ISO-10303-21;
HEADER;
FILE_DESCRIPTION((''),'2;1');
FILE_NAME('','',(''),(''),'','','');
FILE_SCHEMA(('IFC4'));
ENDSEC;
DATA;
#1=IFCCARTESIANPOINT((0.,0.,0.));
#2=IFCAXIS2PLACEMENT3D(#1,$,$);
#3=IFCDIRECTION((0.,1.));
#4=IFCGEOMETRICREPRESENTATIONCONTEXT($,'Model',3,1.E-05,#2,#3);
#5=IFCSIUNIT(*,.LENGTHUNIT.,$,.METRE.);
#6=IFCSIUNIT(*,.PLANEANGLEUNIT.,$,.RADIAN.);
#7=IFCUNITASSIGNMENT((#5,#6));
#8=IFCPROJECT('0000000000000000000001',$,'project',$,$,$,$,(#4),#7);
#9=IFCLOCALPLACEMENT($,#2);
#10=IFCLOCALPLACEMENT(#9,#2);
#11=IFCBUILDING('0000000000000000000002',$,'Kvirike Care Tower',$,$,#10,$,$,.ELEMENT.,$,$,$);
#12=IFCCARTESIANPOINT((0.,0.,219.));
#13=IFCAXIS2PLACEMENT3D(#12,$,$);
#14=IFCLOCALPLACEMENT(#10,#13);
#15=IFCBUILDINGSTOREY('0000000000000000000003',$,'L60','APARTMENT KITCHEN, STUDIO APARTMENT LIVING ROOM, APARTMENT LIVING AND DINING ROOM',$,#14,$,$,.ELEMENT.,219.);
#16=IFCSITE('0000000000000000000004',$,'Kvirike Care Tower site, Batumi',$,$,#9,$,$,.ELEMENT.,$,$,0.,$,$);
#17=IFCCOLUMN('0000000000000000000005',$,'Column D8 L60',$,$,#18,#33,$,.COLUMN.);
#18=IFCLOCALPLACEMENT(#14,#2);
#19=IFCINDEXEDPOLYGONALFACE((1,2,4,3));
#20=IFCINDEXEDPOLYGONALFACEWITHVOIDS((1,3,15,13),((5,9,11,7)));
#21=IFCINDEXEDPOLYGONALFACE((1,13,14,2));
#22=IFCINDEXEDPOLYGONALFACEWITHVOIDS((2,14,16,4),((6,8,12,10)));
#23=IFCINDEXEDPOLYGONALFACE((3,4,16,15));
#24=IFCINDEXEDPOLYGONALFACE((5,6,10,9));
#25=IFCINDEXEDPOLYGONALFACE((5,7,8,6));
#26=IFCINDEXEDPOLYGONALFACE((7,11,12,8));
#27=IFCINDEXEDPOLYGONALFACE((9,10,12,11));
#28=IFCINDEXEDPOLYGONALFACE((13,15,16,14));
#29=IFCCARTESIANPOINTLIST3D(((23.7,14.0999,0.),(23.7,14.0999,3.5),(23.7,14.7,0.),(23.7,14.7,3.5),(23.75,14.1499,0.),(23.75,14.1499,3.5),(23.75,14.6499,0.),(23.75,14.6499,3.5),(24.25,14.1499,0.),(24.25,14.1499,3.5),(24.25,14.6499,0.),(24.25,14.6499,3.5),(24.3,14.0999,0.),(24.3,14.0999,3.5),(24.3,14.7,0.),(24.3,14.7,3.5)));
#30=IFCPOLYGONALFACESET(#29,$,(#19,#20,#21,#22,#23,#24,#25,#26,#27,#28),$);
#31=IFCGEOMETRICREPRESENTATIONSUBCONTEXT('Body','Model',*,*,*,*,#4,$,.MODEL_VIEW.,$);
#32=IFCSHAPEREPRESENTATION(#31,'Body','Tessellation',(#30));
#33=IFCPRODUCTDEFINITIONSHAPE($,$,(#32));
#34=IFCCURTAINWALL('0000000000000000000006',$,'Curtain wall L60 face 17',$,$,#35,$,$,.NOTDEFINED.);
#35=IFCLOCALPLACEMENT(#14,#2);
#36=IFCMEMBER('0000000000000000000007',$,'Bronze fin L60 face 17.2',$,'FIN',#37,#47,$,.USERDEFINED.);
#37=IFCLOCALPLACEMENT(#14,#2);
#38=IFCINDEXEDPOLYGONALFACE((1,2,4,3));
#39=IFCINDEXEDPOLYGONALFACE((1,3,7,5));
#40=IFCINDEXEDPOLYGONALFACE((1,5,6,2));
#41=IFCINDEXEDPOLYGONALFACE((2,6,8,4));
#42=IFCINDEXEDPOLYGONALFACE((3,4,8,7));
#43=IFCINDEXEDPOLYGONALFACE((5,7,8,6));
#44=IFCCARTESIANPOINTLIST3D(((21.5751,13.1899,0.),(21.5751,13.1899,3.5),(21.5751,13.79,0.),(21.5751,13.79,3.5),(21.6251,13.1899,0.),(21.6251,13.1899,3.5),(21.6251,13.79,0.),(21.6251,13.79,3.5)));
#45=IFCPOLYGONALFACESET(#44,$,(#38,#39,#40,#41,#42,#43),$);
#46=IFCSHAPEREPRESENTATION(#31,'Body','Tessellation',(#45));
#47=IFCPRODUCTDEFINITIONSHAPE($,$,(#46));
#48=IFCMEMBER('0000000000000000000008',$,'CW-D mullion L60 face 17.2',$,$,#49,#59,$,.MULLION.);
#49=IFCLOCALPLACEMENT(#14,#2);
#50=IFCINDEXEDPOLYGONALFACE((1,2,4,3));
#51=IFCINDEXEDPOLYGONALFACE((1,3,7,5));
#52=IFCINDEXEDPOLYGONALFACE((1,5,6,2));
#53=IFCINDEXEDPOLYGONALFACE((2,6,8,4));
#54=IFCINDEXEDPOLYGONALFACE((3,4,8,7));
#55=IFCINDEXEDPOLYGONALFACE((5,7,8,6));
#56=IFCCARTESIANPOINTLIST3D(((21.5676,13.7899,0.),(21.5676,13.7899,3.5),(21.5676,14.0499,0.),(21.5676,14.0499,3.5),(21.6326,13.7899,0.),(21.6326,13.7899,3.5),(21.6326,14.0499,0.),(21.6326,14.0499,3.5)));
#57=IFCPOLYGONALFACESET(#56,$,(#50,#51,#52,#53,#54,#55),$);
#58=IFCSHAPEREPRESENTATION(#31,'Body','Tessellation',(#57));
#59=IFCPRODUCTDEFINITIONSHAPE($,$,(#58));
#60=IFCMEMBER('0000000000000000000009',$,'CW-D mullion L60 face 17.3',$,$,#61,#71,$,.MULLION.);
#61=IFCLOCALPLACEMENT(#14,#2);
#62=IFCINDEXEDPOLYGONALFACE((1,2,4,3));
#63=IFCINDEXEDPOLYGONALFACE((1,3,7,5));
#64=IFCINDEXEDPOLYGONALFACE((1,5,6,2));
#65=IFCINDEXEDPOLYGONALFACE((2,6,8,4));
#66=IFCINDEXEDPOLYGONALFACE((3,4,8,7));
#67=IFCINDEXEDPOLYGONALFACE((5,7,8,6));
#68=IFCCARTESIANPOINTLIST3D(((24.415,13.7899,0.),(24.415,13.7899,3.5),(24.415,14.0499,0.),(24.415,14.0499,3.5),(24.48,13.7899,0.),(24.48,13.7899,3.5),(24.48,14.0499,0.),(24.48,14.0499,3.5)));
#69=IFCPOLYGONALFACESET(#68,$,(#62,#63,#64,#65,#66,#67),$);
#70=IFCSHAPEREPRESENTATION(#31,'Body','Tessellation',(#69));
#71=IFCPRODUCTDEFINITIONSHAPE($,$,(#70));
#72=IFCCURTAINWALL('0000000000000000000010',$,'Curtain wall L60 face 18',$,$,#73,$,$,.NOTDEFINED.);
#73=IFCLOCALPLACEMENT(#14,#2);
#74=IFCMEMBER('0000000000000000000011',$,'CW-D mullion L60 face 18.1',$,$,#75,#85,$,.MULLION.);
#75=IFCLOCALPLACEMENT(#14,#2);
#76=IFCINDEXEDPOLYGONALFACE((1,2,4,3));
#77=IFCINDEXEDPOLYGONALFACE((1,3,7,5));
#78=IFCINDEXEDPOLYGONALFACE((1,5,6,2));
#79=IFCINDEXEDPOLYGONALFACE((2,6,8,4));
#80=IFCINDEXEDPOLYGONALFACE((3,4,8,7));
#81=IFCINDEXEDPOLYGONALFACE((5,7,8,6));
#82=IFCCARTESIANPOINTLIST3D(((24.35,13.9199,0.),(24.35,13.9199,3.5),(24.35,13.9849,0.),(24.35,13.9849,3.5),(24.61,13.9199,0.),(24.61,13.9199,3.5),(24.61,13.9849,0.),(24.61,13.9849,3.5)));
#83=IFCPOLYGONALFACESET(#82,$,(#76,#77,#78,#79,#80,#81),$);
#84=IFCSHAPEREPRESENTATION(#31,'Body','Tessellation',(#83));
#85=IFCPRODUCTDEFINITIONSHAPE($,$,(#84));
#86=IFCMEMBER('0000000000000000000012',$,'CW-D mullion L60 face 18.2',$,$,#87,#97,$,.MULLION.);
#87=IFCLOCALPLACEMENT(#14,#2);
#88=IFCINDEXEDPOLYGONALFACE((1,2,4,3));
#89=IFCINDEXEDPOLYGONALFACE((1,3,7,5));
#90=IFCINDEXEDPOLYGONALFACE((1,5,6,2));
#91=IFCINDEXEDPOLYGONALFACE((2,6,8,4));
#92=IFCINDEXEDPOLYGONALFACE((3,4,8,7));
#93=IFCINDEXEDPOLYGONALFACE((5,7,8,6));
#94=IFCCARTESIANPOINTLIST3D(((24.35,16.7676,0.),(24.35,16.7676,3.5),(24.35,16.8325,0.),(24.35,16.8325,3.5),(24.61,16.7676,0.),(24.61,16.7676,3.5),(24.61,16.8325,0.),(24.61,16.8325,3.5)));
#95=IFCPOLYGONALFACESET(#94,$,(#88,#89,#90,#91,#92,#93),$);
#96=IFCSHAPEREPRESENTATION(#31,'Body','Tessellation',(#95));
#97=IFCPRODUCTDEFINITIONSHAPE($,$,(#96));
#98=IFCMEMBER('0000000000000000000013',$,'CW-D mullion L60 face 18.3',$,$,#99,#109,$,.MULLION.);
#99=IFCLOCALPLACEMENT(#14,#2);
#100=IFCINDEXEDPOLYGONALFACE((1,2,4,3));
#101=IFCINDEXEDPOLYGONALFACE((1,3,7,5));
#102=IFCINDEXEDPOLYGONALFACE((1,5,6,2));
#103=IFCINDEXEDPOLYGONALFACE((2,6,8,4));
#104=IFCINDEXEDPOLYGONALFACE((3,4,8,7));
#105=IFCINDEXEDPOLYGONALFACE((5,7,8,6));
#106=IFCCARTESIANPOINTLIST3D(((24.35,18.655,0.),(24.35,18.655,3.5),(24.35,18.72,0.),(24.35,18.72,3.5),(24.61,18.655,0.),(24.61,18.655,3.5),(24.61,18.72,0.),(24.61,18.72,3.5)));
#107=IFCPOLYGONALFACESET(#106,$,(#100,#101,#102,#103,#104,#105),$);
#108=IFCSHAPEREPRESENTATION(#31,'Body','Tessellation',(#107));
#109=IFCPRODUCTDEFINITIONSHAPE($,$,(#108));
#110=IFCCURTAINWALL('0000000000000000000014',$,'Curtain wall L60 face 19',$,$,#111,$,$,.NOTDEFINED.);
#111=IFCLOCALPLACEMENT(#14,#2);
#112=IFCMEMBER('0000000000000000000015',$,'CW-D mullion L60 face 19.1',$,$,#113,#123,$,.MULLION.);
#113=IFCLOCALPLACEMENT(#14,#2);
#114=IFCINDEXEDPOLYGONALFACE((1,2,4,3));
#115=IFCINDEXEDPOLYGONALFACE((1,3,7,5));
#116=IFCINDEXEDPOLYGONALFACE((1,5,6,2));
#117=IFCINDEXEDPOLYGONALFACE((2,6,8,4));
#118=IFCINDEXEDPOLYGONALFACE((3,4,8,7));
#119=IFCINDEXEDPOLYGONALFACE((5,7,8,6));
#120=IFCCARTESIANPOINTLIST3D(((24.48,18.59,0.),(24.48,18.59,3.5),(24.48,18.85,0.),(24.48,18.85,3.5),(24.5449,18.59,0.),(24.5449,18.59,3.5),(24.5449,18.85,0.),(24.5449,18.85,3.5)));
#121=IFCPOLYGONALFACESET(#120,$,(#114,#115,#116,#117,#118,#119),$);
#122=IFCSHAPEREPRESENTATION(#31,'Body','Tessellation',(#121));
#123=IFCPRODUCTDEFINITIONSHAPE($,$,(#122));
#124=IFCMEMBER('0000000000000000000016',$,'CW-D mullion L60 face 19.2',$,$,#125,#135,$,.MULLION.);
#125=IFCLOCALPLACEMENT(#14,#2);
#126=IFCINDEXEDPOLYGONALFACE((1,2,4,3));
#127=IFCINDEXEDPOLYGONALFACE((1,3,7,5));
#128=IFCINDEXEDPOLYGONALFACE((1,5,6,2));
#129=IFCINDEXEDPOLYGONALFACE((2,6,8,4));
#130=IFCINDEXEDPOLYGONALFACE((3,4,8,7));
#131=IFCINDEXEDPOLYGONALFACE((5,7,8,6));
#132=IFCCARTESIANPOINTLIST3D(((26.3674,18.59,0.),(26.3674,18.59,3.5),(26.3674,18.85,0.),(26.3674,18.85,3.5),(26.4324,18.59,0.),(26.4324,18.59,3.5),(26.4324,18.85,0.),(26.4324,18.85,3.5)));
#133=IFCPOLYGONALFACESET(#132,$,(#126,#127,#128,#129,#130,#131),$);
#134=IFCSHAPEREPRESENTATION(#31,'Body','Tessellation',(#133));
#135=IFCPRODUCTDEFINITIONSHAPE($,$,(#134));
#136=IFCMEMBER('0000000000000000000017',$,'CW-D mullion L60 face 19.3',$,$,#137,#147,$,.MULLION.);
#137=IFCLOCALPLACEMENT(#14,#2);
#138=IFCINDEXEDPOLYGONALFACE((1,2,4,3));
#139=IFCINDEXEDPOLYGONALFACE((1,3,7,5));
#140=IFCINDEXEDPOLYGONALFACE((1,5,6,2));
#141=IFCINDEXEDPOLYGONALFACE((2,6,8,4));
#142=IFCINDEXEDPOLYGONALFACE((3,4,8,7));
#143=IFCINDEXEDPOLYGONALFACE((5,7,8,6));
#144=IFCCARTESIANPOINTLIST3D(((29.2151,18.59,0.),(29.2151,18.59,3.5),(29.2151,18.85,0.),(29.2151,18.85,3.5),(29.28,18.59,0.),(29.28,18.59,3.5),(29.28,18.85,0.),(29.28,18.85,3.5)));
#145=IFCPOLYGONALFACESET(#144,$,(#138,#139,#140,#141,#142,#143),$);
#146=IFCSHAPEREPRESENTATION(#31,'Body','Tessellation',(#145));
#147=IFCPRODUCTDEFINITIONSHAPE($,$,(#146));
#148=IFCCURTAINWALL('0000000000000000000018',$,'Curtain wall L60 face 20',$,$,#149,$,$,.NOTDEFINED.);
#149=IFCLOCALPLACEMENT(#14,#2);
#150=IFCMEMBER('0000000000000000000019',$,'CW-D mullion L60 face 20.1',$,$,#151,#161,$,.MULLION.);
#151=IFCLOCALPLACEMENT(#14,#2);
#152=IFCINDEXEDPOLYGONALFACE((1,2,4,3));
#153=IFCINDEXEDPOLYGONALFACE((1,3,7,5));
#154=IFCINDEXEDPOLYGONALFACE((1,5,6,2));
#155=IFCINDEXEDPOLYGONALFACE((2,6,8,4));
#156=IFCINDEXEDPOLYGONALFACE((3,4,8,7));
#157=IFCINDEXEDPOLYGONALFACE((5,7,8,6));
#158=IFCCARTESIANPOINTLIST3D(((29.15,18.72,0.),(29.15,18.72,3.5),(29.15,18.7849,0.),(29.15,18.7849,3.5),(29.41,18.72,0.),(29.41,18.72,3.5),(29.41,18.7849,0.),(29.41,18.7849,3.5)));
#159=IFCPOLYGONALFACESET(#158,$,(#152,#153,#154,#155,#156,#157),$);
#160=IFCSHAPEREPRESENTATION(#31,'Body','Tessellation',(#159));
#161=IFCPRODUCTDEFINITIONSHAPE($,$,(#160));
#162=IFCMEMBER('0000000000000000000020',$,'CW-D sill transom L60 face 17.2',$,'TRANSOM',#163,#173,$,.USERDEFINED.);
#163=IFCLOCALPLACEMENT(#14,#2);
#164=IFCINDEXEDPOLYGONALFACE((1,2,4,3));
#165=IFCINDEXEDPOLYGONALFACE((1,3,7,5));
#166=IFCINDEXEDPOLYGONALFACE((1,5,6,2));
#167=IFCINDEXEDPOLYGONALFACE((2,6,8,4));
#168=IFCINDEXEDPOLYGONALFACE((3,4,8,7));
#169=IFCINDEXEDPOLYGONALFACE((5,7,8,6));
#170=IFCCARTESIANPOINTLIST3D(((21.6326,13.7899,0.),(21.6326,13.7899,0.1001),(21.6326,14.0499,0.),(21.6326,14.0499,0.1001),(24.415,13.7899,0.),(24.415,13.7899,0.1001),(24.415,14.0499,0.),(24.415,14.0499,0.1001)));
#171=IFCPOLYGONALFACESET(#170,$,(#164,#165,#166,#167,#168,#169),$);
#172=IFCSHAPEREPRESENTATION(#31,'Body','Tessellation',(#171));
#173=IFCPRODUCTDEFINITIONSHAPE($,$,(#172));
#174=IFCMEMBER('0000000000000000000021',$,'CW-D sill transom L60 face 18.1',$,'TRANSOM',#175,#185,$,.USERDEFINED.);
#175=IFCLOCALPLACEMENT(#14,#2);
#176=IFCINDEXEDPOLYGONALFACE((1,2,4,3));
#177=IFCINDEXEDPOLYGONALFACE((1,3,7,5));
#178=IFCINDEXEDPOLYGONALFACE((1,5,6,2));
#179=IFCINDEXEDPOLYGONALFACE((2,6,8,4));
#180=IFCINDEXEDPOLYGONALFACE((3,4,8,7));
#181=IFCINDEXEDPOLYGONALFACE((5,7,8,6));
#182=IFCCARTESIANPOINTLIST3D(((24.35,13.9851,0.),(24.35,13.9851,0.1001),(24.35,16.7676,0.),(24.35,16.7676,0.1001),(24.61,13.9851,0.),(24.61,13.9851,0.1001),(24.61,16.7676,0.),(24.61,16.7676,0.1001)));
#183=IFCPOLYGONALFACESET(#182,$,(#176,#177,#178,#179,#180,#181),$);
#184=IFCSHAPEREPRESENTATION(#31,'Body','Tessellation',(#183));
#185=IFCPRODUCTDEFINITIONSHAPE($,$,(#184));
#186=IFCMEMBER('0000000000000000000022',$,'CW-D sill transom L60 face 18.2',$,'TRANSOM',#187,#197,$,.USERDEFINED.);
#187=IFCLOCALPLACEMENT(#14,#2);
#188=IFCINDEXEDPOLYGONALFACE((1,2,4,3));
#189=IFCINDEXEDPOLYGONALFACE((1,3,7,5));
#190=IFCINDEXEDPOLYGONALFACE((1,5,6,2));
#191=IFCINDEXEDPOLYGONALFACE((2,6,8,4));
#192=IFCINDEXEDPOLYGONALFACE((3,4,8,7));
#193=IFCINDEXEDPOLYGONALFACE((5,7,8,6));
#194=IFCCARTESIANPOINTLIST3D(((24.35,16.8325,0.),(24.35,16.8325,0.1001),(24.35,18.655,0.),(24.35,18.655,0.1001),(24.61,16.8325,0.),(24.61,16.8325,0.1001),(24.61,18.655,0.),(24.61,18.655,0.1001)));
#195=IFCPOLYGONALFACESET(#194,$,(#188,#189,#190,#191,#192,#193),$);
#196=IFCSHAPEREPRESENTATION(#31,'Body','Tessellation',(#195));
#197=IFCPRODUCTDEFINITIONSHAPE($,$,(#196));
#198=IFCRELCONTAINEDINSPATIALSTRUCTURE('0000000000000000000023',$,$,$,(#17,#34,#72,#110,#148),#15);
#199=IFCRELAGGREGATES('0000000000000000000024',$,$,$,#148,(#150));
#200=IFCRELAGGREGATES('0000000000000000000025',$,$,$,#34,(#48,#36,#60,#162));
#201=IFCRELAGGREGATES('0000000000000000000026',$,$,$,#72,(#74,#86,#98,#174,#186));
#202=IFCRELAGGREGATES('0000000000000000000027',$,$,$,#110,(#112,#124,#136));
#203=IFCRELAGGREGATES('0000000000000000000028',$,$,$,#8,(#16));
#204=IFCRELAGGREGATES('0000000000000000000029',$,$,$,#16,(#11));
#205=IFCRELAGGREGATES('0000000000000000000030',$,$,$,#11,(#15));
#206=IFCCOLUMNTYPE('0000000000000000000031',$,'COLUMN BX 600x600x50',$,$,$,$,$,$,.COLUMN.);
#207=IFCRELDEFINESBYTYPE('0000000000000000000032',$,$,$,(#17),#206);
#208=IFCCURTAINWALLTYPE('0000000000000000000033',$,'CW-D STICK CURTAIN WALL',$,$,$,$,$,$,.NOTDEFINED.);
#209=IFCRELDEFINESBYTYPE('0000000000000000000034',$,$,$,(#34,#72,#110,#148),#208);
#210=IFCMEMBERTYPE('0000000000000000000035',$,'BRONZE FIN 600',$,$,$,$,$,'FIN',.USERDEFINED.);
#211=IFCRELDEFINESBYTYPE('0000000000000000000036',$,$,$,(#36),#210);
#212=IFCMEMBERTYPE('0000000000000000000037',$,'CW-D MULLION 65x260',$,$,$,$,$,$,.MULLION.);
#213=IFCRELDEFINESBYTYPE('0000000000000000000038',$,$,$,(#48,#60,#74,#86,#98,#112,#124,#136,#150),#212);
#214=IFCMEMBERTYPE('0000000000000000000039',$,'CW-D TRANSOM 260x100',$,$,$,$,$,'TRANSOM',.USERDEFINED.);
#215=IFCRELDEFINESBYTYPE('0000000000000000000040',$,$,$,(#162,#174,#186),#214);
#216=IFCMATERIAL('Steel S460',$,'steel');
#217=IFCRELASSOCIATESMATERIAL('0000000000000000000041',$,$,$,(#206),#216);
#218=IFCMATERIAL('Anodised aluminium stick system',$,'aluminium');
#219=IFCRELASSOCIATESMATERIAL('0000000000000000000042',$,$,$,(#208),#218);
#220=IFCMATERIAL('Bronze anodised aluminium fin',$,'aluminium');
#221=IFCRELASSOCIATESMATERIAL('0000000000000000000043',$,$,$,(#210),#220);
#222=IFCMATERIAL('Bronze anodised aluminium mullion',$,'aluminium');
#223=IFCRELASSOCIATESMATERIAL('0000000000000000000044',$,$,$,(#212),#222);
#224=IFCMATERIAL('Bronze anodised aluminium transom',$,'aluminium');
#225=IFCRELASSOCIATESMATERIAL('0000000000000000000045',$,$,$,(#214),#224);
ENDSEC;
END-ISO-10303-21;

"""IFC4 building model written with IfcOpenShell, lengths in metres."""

from ifc_helpers import new_model, si_unit, direction, frame, origin, origin_2d, place, context, subcontext, project, spatial, rectangle, hollow_rectangle, extrude, material, material_profile, profile_set, type_object, element, aggregate, save


model = new_model("IFC4")

# Units and contexts
model_context = context("Model", 3, precision=1e-05, world=origin(), true_north=direction((0.0, 1.0)))
body_context = subcontext(model_context, "Body", "Model", "MODEL_VIEW")
ifc_project = project(units=[si_unit("LENGTHUNIT", "METRE"), si_unit("PLANEANGLEUNIT", "RADIAN")], contexts=[model_context])

# Site, building, storey
site_placement = place(None, origin())
site = spatial("IfcSite", under=ifc_project, at=site_placement, Name="Kvirike Care Tower site, Batumi", CompositionType="ELEMENT", RefElevation=0.0)
building_placement = place(site_placement, origin())
building = spatial("IfcBuilding", under=site, at=building_placement, Name="Kvirike Care Tower", CompositionType="ELEMENT")
storey_placement = place(building_placement, frame((0.0, 0.0, 219.0)))
storey = spatial("IfcBuildingStorey", under=building, at=storey_placement, Name="L60", Description="APARTMENT KITCHEN, STUDIO APARTMENT LIVING ROOM, APARTMENT LIVING AND DINING ROOM", CompositionType="ELEMENT", Elevation=219.0)

# Column
ifc_material_1 = material(Name="Steel S460", Category="steel")
ifc_material_profile_1 = material_profile(ifc_material_1, hollow_rectangle(XDim=0.6001, YDim=0.6001, WallThickness=0.05, at=origin_2d()), Name="BX 600x600x50")
ifc_profile_set_1 = profile_set([ifc_material_profile_1], Name="Steel S460")
column_type = type_object("IfcColumnType", Name="COLUMN BX 600x600x50", PredefinedType="COLUMN", material=ifc_profile_set_1)
column_placement = place(storey_placement, frame((24.0, 14.3999, 0.0), z_axis=(0.0, 0.0, 1.0), x_axis=(0.0, 1.0, 0.0)))
element("IfcColumn", 1, at=column_placement, inside=storey, type_object=column_type, Name="Column D8 L60", PredefinedType="COLUMN", context=body_context, shape_type="SweptSolid", body=[
    extrude(hollow_rectangle(XDim=0.6001, YDim=0.6001, WallThickness=0.05, at=origin_2d()), origin(), (0.0, 0.0, 1.0), 3.5),
])

# Curtain walls, members
ifc_material_2 = material(Name="Anodised aluminium stick system", Category="aluminium")
curtain_wall_type = type_object("IfcCurtainWallType", Name="CW-D STICK CURTAIN WALL", PredefinedType="NOTDEFINED", material=ifc_material_2)
curtain_wall_1_placement = place(storey_placement, origin())
curtain_wall_1 = element("IfcCurtainWall", 2, at=curtain_wall_1_placement, inside=storey, type_object=curtain_wall_type, Name="Curtain wall L60 face 17", PredefinedType="NOTDEFINED")
ifc_material_3 = material(Name="Bronze anodised aluminium fin", Category="aluminium")
ifc_material_profile_2 = material_profile(ifc_material_3, rectangle(XDim=0.05, YDim=0.6001, at=origin_2d()), Name="BRONZE FIN 600")
ifc_profile_set_2 = profile_set([ifc_material_profile_2], Name="Bronze anodised aluminium fin")
member_type_1 = type_object("IfcMemberType", Name="BRONZE FIN 600", ElementType="FIN", PredefinedType="USERDEFINED", material=ifc_profile_set_2)
member_1_placement = place(storey_placement, frame((21.6001, 13.49, 0.0), z_axis=(0.0, 0.0, 1.0), x_axis=(1.0, 0.0, 0.0)))
member_1 = element("IfcMember", 3, at=member_1_placement, type_object=member_type_1, Name="Bronze fin L60 face 17.2", ObjectType="FIN", PredefinedType="USERDEFINED", context=body_context, shape_type="SweptSolid", body=[
    extrude(rectangle(XDim=0.05, YDim=0.6001, at=origin_2d()), origin(), (0.0, 0.0, 1.0), 3.5),
])
ifc_material_4 = material(Name="Bronze anodised aluminium mullion", Category="aluminium")
ifc_material_profile_3 = material_profile(ifc_material_4, rectangle(XDim=0.0649, YDim=0.26, at=origin_2d()), Name="CW-D MULLION 65x260")
ifc_profile_set_3 = profile_set([ifc_material_profile_3], Name="Bronze anodised aluminium mullion")
member_type_2 = type_object("IfcMemberType", Name="CW-D MULLION 65x260", PredefinedType="MULLION", material=ifc_profile_set_3)
member_2_placement = place(storey_placement, frame((21.6001, 13.9199, 0.0), z_axis=(0.0, 0.0, 1.0), x_axis=(1.0, 0.0, 0.0)))
member_2 = element("IfcMember", 4, at=member_2_placement, type_object=member_type_2, Name="CW-D mullion L60 face 17.2", PredefinedType="MULLION", context=body_context, shape_type="SweptSolid", body=[
    extrude(rectangle(XDim=0.0649, YDim=0.26, at=origin_2d()), origin(), (0.0, 0.0, 1.0), 3.5),
])
member_3_placement = place(storey_placement, frame((24.4475, 13.9199, 0.0), z_axis=(0.0, 0.0, 1.0), x_axis=(1.0, 0.0, 0.0)))
member_3 = element("IfcMember", 5, at=member_3_placement, type_object=member_type_2, Name="CW-D mullion L60 face 17.3", PredefinedType="MULLION", context=body_context, shape_type="SweptSolid", body=[
    extrude(rectangle(XDim=0.0649, YDim=0.26, at=origin_2d()), origin(), (0.0, 0.0, 1.0), 3.5),
])
curtain_wall_2_placement = place(storey_placement, origin())
curtain_wall_2 = element("IfcCurtainWall", 6, at=curtain_wall_2_placement, inside=storey, type_object=curtain_wall_type, Name="Curtain wall L60 face 18", PredefinedType="NOTDEFINED")
member_4_placement = place(storey_placement, frame((24.48, 13.9524, 0.0), z_axis=(0.0, 0.0, 1.0), x_axis=(0.0, 1.0, 0.0)))
member_4 = element("IfcMember", 7, at=member_4_placement, type_object=member_type_2, Name="CW-D mullion L60 face 18.1", PredefinedType="MULLION", context=body_context, shape_type="SweptSolid", body=[
    extrude(rectangle(XDim=0.0649, YDim=0.26, at=origin_2d()), origin(), (0.0, 0.0, 1.0), 3.5),
])
member_5_placement = place(storey_placement, frame((24.48, 16.8, 0.0), z_axis=(0.0, 0.0, 1.0), x_axis=(0.0, 1.0, 0.0)))
member_5 = element("IfcMember", 8, at=member_5_placement, type_object=member_type_2, Name="CW-D mullion L60 face 18.2", PredefinedType="MULLION", context=body_context, shape_type="SweptSolid", body=[
    extrude(rectangle(XDim=0.0649, YDim=0.26, at=origin_2d()), origin(), (0.0, 0.0, 1.0), 3.5),
])
member_6_placement = place(storey_placement, frame((24.48, 18.6875, 0.0), z_axis=(0.0, 0.0, 1.0), x_axis=(0.0, 1.0, 0.0)))
member_6 = element("IfcMember", 9, at=member_6_placement, type_object=member_type_2, Name="CW-D mullion L60 face 18.3", PredefinedType="MULLION", context=body_context, shape_type="SweptSolid", body=[
    extrude(rectangle(XDim=0.0649, YDim=0.26, at=origin_2d()), origin(), (0.0, 0.0, 1.0), 3.5),
])
curtain_wall_3_placement = place(storey_placement, origin())
curtain_wall_3 = element("IfcCurtainWall", 10, at=curtain_wall_3_placement, inside=storey, type_object=curtain_wall_type, Name="Curtain wall L60 face 19", PredefinedType="NOTDEFINED")
member_7_placement = place(storey_placement, frame((24.5125, 18.72, 0.0), z_axis=(0.0, 0.0, 1.0), x_axis=(1.0, 0.0, 0.0)))
member_7 = element("IfcMember", 11, at=member_7_placement, type_object=member_type_2, Name="CW-D mullion L60 face 19.1", PredefinedType="MULLION", context=body_context, shape_type="SweptSolid", body=[
    extrude(rectangle(XDim=0.0649, YDim=0.26, at=origin_2d()), origin(), (0.0, 0.0, 1.0), 3.5),
])
member_8_placement = place(storey_placement, frame((26.3999, 18.72, 0.0), z_axis=(0.0, 0.0, 1.0), x_axis=(1.0, 0.0, 0.0)))
member_8 = element("IfcMember", 12, at=member_8_placement, type_object=member_type_2, Name="CW-D mullion L60 face 19.2", PredefinedType="MULLION", context=body_context, shape_type="SweptSolid", body=[
    extrude(rectangle(XDim=0.0649, YDim=0.26, at=origin_2d()), origin(), (0.0, 0.0, 1.0), 3.5),
])
member_9_placement = place(storey_placement, frame((29.2476, 18.72, 0.0), z_axis=(0.0, 0.0, 1.0), x_axis=(1.0, 0.0, 0.0)))
member_9 = element("IfcMember", 13, at=member_9_placement, type_object=member_type_2, Name="CW-D mullion L60 face 19.3", PredefinedType="MULLION", context=body_context, shape_type="SweptSolid", body=[
    extrude(rectangle(XDim=0.0649, YDim=0.26, at=origin_2d()), origin(), (0.0, 0.0, 1.0), 3.5),
])

# Curtain wall, member
curtain_wall_4_placement = place(storey_placement, origin())
curtain_wall_4 = element("IfcCurtainWall", 14, at=curtain_wall_4_placement, inside=storey, type_object=curtain_wall_type, Name="Curtain wall L60 face 20", PredefinedType="NOTDEFINED")
member_10_placement = place(storey_placement, frame((29.28, 18.7524, 0.0), z_axis=(0.0, 0.0, 1.0), x_axis=(0.0, 1.0, 0.0)))
member_10 = element("IfcMember", 15, at=member_10_placement, type_object=member_type_2, Name="CW-D mullion L60 face 20.1", PredefinedType="MULLION", context=body_context, shape_type="SweptSolid", body=[
    extrude(rectangle(XDim=0.0649, YDim=0.26, at=origin_2d()), origin(), (0.0, 0.0, 1.0), 3.5),
])
aggregate(curtain_wall_4, [member_10])

# Members
ifc_material_5 = material(Name="Bronze anodised aluminium transom", Category="aluminium")
ifc_material_profile_4 = material_profile(ifc_material_5, rectangle(XDim=0.26, YDim=0.1001, at=origin_2d()), Name="CW-D TRANSOM 260x100")
ifc_profile_set_4 = profile_set([ifc_material_profile_4], Name="Bronze anodised aluminium transom")
member_type_3 = type_object("IfcMemberType", Name="CW-D TRANSOM 260x100", ElementType="TRANSOM", PredefinedType="USERDEFINED", material=ifc_profile_set_4)
member_11_placement = place(storey_placement, frame((21.6326, 13.9199, 0.05), z_axis=(1.0, 0.0, 0.0), x_axis=(0.0, 1.0, 0.0)))
member_11 = element("IfcMember", 16, at=member_11_placement, type_object=member_type_3, Name="CW-D sill transom L60 face 17.2", ObjectType="TRANSOM", PredefinedType="USERDEFINED", context=body_context, shape_type="SweptSolid", body=[
    extrude(rectangle(XDim=0.26, YDim=0.1001, at=origin_2d()), origin(), (0.0, 0.0, 1.0), 2.7825),
])
member_12_placement = place(storey_placement, frame((24.48, 13.9851, 0.05), z_axis=(0.0, 1.0, 0.0), x_axis=(-1.0, 0.0, 0.0)))
member_12 = element("IfcMember", 17, at=member_12_placement, type_object=member_type_3, Name="CW-D sill transom L60 face 18.1", ObjectType="TRANSOM", PredefinedType="USERDEFINED", context=body_context, shape_type="SweptSolid", body=[
    extrude(rectangle(XDim=0.26, YDim=0.1001, at=origin_2d()), origin(), (0.0, 0.0, 1.0), 2.7825),
])
member_13_placement = place(storey_placement, frame((24.48, 16.8325, 0.05), z_axis=(0.0, 1.0, 0.0), x_axis=(-1.0, 0.0, 0.0)))
member_13 = element("IfcMember", 18, at=member_13_placement, type_object=member_type_3, Name="CW-D sill transom L60 face 18.2", ObjectType="TRANSOM", PredefinedType="USERDEFINED", context=body_context, shape_type="SweptSolid", body=[
    extrude(rectangle(XDim=0.26, YDim=0.1001, at=origin_2d()), origin(), (0.0, 0.0, 1.0), 1.8225),
])

aggregate(curtain_wall_1, [member_2, member_1, member_3, member_11])
aggregate(curtain_wall_2, [member_4, member_5, member_6, member_12, member_13])
aggregate(curtain_wall_3, [member_7, member_8, member_9])

save(model, "model.ifc")
